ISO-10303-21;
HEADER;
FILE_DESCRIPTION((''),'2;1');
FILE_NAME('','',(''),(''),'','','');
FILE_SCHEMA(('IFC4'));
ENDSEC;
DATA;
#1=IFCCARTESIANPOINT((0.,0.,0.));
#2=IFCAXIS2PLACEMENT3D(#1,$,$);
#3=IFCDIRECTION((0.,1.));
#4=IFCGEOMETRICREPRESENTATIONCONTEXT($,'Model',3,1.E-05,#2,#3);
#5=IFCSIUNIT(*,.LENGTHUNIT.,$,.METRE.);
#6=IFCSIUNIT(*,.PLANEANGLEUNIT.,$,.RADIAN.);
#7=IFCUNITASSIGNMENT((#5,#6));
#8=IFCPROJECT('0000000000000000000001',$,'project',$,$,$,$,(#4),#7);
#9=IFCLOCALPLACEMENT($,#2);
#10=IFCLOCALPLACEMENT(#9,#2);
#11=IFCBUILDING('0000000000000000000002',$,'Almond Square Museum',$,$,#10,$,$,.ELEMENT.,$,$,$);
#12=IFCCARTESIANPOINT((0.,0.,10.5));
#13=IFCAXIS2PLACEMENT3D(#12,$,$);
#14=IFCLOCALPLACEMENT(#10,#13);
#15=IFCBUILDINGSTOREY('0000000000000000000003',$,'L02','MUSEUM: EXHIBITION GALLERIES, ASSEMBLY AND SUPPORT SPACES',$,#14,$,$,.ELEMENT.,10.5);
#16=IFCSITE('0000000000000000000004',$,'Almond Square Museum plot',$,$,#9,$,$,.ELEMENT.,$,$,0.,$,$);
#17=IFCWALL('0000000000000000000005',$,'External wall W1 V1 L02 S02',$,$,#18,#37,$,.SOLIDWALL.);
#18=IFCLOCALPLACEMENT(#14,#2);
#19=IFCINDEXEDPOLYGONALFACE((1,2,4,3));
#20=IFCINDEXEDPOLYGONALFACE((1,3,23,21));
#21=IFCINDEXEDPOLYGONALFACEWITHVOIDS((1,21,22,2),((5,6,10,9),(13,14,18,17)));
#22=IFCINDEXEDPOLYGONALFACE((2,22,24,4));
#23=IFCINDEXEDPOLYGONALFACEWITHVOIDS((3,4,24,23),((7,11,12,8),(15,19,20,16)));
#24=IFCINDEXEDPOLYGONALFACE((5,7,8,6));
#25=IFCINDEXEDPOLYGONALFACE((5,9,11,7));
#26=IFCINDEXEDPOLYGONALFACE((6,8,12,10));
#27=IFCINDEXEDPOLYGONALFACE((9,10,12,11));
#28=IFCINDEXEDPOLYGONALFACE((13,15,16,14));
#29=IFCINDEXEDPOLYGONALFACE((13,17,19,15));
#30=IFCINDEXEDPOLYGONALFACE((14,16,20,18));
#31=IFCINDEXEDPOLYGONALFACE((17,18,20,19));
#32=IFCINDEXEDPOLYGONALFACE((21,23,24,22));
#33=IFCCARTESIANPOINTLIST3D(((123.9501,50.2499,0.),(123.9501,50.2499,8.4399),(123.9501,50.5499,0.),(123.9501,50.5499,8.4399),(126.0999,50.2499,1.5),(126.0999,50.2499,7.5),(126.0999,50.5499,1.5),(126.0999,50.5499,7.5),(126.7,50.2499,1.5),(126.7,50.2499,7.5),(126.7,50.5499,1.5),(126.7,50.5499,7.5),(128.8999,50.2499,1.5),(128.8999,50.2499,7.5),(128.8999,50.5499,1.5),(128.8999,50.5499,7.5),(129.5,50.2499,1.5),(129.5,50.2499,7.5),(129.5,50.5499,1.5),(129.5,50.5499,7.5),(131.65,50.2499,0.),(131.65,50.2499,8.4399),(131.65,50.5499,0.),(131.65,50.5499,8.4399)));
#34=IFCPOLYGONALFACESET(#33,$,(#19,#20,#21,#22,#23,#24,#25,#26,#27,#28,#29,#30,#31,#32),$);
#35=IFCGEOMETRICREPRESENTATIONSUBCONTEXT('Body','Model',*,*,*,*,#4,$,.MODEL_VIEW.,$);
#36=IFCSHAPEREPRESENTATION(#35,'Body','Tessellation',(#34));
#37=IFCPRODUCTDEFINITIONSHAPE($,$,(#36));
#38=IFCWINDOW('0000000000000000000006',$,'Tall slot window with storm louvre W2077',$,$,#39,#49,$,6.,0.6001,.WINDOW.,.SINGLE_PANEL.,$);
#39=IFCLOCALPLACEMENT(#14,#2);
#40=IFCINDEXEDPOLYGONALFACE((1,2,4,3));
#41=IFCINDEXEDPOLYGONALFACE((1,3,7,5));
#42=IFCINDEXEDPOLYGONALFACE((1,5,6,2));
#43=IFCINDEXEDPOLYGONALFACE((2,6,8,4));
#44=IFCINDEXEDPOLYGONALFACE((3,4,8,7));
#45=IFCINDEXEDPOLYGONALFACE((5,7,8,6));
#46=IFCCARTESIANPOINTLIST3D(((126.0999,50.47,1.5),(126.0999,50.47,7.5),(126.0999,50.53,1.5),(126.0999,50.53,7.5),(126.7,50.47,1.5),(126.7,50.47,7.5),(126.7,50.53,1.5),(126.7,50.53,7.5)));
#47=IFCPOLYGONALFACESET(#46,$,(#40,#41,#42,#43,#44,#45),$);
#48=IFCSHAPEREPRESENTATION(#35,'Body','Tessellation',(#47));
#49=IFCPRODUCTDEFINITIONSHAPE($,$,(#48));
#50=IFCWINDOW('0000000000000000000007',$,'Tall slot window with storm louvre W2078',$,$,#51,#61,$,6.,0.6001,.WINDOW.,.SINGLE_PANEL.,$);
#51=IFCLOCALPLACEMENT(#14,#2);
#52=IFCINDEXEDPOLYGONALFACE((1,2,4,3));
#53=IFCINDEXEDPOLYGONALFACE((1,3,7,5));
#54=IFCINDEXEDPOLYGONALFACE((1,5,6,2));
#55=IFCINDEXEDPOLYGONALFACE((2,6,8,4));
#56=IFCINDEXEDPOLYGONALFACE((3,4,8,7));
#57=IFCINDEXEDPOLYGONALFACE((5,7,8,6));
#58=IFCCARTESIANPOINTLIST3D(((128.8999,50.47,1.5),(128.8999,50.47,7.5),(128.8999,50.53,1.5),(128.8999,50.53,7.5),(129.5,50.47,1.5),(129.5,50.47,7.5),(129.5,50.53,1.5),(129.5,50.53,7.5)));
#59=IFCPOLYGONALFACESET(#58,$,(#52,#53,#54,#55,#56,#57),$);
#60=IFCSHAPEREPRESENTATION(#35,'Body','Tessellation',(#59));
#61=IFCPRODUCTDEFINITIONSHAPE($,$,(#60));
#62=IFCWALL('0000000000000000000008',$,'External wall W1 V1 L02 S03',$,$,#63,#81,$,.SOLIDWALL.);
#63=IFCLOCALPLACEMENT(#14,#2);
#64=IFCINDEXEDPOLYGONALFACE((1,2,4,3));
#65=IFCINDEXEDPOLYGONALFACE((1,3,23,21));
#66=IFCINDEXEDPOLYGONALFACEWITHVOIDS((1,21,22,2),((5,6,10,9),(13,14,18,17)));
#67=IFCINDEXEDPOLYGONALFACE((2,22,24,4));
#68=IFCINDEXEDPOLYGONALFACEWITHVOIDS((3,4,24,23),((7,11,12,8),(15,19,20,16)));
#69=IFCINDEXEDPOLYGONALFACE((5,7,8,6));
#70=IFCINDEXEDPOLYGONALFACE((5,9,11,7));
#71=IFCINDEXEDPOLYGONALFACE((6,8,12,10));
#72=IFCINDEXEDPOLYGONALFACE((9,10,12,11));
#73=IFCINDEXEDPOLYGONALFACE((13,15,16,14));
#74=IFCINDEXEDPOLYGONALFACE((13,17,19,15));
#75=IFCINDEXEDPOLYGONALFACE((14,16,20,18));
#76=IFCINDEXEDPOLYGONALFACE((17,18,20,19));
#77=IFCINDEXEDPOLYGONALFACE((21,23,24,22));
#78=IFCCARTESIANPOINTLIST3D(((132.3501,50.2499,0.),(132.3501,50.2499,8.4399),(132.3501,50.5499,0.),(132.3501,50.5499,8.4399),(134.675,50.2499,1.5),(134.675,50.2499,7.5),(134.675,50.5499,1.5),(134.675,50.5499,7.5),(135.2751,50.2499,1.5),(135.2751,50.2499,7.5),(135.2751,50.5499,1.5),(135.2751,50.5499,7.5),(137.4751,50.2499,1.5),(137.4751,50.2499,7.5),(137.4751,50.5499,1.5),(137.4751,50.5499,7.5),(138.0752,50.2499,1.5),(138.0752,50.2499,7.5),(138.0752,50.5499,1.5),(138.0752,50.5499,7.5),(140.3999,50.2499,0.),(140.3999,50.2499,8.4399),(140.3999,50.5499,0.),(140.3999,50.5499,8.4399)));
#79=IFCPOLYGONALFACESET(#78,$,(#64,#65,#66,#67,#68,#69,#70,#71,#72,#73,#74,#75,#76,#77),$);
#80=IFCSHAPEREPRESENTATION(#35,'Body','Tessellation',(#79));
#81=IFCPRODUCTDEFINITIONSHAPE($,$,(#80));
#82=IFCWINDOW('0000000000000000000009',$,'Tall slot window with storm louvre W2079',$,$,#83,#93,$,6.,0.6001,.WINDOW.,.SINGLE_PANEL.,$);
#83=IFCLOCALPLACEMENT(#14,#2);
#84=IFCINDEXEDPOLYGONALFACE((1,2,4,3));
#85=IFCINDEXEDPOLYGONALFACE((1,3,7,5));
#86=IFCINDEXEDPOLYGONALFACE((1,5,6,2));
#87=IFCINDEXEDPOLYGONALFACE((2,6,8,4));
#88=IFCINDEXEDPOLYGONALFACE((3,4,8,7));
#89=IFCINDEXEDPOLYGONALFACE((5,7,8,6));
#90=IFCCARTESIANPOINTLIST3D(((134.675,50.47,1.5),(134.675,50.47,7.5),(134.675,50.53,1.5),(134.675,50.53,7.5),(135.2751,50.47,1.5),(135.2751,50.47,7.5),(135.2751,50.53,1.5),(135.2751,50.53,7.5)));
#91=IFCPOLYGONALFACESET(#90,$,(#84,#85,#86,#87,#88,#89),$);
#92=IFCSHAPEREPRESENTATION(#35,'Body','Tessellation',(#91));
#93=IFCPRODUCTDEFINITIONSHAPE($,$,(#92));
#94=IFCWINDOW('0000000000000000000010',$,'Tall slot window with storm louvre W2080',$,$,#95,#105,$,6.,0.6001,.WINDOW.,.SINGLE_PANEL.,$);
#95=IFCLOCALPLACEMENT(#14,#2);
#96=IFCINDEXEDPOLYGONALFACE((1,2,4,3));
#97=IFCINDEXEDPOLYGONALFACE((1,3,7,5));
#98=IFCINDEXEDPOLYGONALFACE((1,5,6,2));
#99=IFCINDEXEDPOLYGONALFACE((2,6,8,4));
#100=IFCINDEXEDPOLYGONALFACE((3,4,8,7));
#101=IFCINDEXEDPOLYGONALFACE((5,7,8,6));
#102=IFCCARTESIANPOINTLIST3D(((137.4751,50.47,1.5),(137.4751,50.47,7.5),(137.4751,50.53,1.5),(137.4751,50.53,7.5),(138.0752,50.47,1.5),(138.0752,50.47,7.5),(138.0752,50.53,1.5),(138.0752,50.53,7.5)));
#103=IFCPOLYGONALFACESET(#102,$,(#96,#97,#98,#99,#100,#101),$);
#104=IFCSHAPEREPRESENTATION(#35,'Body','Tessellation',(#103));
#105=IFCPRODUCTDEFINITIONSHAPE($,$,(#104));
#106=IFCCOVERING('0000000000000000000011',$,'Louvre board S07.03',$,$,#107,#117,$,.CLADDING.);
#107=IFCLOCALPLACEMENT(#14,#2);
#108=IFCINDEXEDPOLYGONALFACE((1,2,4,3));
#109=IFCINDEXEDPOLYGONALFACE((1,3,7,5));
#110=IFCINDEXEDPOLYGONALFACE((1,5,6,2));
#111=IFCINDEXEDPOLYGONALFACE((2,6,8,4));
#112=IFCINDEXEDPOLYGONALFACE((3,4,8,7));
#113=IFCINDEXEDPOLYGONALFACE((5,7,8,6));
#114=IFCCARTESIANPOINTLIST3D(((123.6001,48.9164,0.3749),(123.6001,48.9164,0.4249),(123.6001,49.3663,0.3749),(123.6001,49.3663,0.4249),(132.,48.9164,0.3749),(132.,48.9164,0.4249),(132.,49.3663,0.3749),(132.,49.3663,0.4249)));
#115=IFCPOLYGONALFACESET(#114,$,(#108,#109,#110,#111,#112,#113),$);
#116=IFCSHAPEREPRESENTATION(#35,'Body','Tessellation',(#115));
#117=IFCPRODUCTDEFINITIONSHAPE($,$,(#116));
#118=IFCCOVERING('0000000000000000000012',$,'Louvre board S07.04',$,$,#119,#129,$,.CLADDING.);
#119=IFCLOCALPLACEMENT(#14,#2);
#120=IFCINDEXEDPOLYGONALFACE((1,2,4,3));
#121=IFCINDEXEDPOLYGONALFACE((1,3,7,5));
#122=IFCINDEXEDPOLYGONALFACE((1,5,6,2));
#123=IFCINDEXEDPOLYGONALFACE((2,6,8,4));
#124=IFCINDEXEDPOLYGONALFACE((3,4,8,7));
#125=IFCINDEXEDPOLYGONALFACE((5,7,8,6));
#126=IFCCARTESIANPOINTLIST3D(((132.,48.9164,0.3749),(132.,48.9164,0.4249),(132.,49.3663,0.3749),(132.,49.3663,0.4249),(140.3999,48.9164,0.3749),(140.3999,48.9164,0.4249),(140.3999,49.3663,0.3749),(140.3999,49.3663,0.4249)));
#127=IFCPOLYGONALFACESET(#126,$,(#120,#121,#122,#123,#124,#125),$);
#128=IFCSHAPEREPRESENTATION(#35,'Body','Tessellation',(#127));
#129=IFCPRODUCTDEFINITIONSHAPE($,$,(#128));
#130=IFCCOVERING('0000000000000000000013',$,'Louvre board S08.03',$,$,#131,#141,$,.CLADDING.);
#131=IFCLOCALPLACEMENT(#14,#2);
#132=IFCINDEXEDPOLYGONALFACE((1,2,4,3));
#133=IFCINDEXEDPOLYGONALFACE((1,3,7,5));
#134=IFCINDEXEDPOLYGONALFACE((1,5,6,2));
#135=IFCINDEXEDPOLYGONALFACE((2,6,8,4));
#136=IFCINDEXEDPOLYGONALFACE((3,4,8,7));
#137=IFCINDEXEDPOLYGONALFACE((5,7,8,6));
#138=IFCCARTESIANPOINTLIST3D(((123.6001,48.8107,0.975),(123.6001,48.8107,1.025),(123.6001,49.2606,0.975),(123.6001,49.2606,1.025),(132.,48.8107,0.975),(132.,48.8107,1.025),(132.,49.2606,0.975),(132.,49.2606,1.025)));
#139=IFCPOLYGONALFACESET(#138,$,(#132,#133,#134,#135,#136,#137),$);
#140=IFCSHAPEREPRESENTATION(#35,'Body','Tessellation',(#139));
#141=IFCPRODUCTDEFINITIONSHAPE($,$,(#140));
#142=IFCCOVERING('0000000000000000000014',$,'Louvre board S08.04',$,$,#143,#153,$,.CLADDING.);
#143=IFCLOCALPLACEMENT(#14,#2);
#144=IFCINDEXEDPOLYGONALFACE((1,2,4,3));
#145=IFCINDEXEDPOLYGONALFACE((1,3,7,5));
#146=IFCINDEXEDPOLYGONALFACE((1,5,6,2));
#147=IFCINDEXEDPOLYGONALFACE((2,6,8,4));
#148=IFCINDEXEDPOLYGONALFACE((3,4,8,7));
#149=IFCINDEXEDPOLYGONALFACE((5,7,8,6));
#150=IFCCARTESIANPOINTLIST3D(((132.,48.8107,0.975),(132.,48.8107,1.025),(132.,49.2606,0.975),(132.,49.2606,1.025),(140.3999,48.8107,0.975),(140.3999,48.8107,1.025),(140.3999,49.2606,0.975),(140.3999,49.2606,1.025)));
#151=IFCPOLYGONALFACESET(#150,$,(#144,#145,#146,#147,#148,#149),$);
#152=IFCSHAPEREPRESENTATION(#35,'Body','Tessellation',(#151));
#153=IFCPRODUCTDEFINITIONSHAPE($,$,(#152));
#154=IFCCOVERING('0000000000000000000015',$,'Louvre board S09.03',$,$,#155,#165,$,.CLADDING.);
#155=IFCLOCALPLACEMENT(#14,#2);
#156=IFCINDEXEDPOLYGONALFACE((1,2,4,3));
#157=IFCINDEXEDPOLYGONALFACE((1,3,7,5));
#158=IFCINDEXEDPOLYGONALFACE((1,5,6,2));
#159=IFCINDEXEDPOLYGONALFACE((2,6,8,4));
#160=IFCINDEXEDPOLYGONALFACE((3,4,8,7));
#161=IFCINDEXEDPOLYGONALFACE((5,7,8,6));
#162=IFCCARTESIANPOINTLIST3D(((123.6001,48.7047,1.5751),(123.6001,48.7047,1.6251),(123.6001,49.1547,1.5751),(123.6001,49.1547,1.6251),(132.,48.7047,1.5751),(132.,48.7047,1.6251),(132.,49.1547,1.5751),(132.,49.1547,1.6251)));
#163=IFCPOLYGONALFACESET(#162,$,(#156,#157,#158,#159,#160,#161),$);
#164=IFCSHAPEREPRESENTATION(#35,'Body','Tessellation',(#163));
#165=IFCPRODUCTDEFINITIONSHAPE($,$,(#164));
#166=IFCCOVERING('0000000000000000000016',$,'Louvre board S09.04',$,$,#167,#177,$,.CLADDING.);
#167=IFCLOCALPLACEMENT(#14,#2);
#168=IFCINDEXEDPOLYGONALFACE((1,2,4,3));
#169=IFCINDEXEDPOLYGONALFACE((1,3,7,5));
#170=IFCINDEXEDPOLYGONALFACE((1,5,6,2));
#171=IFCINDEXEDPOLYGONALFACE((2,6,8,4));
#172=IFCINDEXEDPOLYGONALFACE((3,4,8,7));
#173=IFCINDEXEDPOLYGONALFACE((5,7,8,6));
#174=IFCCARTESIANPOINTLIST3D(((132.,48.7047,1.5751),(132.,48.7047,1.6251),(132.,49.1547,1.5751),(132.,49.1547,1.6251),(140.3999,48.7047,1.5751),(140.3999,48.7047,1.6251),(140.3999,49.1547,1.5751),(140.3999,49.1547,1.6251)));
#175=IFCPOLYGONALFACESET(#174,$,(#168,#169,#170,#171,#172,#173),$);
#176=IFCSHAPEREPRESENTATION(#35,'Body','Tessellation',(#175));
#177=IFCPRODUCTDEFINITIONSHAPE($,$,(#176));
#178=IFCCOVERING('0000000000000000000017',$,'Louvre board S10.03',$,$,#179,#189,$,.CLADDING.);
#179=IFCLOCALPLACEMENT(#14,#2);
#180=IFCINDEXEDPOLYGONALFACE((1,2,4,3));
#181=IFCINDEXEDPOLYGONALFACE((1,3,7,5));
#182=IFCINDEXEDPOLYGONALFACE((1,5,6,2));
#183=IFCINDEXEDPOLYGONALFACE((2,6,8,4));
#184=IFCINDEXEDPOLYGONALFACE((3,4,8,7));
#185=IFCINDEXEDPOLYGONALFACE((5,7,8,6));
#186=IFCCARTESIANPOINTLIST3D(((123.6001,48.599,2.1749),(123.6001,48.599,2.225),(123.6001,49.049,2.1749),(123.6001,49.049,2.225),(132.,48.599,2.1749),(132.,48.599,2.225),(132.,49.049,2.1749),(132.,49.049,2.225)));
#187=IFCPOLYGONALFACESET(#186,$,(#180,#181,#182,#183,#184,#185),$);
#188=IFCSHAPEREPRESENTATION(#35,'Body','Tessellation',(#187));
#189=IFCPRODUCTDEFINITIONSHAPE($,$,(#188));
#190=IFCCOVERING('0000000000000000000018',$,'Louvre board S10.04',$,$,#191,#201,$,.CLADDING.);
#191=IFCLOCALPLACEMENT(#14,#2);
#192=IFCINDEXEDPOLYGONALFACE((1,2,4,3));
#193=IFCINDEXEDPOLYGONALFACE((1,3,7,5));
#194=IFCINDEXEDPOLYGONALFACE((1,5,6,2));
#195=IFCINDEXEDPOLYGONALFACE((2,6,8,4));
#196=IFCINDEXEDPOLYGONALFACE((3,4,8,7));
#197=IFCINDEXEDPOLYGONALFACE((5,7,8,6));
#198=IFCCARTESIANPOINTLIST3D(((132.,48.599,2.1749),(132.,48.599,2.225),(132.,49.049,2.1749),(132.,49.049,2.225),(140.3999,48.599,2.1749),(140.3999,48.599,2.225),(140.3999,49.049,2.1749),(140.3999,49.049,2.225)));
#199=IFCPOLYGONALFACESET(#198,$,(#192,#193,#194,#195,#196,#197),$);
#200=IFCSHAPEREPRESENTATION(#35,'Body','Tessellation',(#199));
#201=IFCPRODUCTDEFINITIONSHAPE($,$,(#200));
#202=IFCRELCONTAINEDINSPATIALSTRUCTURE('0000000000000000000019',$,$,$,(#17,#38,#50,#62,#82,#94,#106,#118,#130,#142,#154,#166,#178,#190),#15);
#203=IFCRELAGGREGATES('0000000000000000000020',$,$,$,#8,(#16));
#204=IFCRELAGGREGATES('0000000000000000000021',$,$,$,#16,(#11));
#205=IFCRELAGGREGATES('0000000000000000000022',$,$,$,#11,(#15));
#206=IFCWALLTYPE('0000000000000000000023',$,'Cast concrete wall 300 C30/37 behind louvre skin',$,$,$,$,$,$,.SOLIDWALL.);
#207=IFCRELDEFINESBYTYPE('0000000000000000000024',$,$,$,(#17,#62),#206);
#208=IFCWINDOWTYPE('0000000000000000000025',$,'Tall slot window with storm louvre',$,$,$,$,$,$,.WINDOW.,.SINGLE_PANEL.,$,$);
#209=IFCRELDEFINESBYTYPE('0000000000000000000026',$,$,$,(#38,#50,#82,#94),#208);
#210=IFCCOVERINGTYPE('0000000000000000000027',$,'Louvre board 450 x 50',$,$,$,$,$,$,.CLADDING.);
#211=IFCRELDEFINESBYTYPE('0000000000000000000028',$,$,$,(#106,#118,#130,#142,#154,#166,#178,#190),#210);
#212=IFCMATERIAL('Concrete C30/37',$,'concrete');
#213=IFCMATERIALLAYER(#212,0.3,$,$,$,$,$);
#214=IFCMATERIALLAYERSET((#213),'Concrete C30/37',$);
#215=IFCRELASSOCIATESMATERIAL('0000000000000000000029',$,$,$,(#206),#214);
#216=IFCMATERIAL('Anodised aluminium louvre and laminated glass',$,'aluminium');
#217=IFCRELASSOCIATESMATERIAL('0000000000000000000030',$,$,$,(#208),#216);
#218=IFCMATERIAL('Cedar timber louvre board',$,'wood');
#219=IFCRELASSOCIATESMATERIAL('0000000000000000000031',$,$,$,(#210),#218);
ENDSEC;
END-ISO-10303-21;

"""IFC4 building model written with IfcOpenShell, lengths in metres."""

from ifc_helpers import new_model, si_unit, direction, frame, frame_2d, origin, origin_2d, place, context, subcontext, project, spatial, rectangle, extrude, material, layer, layer_set, material_profile, profile_set, type_object, element, fill, save


model = new_model("IFC4")

# Units and contexts
model_context = context("Model", 3, precision=1e-05, world=origin(), true_north=direction((0.0, 1.0)))
body_context = subcontext(model_context, "Body", "Model", "MODEL_VIEW")
ifc_project = project(units=[si_unit("LENGTHUNIT", "METRE"), si_unit("PLANEANGLEUNIT", "RADIAN")], contexts=[model_context])

# Site, building, storey
site_placement = place(None, origin())
site = spatial("IfcSite", under=ifc_project, at=site_placement, Name="Almond Square Museum plot", CompositionType="ELEMENT", RefElevation=0.0)
building_placement = place(site_placement, origin())
building = spatial("IfcBuilding", under=site, at=building_placement, Name="Almond Square Museum", CompositionType="ELEMENT")
storey_placement = place(building_placement, frame((0.0, 0.0, 10.5)))
storey = spatial("IfcBuildingStorey", under=building, at=storey_placement, Name="L02", Description="MUSEUM: EXHIBITION GALLERIES, ASSEMBLY AND SUPPORT SPACES", CompositionType="ELEMENT", Elevation=10.5)

# Walls, openings, windows
ifc_material_1 = material(Name="Concrete C30/37", Category="concrete")
ifc_layer = layer(ifc_material_1, 0.3)
ifc_layer_set = layer_set([ifc_layer], Name="Concrete C30/37")
wall_type = type_object("IfcWallType", Name="Cast concrete wall 300 C30/37 behind louvre skin", PredefinedType="SOLIDWALL", material=ifc_layer_set)
wall_1_placement = place(storey_placement, frame((123.95, 50.3999, 0.0), z_axis=(0.0, 0.0, 1.0), x_axis=(1.0, 0.0, 0.0)))
wall_1 = element("IfcWall", 1, at=wall_1_placement, inside=storey, type_object=wall_type, Name="External wall W1 V1 L02 S02", PredefinedType="SOLIDWALL", context=body_context, shape_type="SweptSolid", body=[
    extrude(rectangle(XDim=7.7, YDim=0.3, at=frame_2d((3.8501, 0.0))), origin(), (0.0, 0.0, 1.0), 8.4399),
])
opening_1_placement = place(wall_1_placement, frame((2.1499, 0.0, 1.5)))
opening_1 = element("IfcOpeningElement", 2, at=opening_1_placement, cuts=wall_1, PredefinedType="OPENING", context=body_context, shape_type="SweptSolid", body=[
    extrude(rectangle(XDim=0.6001, YDim=6.0, at=frame_2d((0.3, 3.0))), frame((0.0, 0.1599, 0.0), z_axis=(0.0, -1.0, 0.0), x_axis=(1.0, 0.0, 0.0)), (0.0, 0.0, 1.0), 0.3201),
])
opening_2_placement = place(wall_1_placement, frame((4.95, 0.0, 1.5)))
opening_2 = element("IfcOpeningElement", 3, at=opening_2_placement, cuts=wall_1, PredefinedType="OPENING", context=body_context, shape_type="SweptSolid", body=[
    extrude(rectangle(XDim=0.6001, YDim=6.0, at=frame_2d((0.3, 3.0))), frame((0.0, 0.1599, 0.0), z_axis=(0.0, -1.0, 0.0), x_axis=(1.0, 0.0, 0.0)), (0.0, 0.0, 1.0), 0.3201),
])
ifc_material_2 = material(Name="Anodised aluminium louvre and laminated glass", Category="aluminium")
window_type = type_object("IfcWindowType", Name="Tall slot window with storm louvre", PartitioningType="SINGLE_PANEL", PredefinedType="WINDOW", material=ifc_material_2)
window_1_placement = place(opening_1_placement, origin())
window_1 = element("IfcWindow", 4, at=window_1_placement, inside=storey, type_object=window_type, Name="Tall slot window with storm louvre W2077", OverallHeight=6.0, OverallWidth=0.6001, PartitioningType="SINGLE_PANEL", PredefinedType="WINDOW", context=body_context, shape_type="SweptSolid", body=[
    extrude(rectangle(XDim=0.6001, YDim=6.0, at=frame_2d((0.3, 3.0))), frame((0.0, 0.1301, 0.0), z_axis=(0.0, -1.0, 0.0), x_axis=(1.0, 0.0, 0.0)), (0.0, 0.0, 1.0), 0.0601),
])
fill(opening_1, window_1)
window_2_placement = place(opening_2_placement, origin())
window_2 = element("IfcWindow", 5, at=window_2_placement, inside=storey, type_object=window_type, Name="Tall slot window with storm louvre W2078", OverallHeight=6.0, OverallWidth=0.6001, PartitioningType="SINGLE_PANEL", PredefinedType="WINDOW", context=body_context, shape_type="SweptSolid", body=[
    extrude(rectangle(XDim=0.6001, YDim=6.0, at=frame_2d((0.3, 3.0))), frame((0.0, 0.1301, 0.0), z_axis=(0.0, -1.0, 0.0), x_axis=(1.0, 0.0, 0.0)), (0.0, 0.0, 1.0), 0.0601),
])
fill(opening_2, window_2)
wall_2_placement = place(storey_placement, frame((132.3501, 50.3999, 0.0), z_axis=(0.0, 0.0, 1.0), x_axis=(1.0, 0.0, 0.0)))
wall_2 = element("IfcWall", 6, at=wall_2_placement, inside=storey, type_object=wall_type, Name="External wall W1 V1 L02 S03", PredefinedType="SOLIDWALL", context=body_context, shape_type="SweptSolid", body=[
    extrude(rectangle(XDim=8.0498, YDim=0.3, at=frame_2d((4.0249, 0.0))), origin(), (0.0, 0.0, 1.0), 8.4399),
])
opening_3_placement = place(wall_2_placement, frame((2.325, 0.0, 1.5)))
opening_3 = element("IfcOpeningElement", 7, at=opening_3_placement, cuts=wall_2, PredefinedType="OPENING", context=body_context, shape_type="SweptSolid", body=[
    extrude(rectangle(XDim=0.6001, YDim=6.0, at=frame_2d((0.3, 3.0))), frame((0.0, 0.1599, 0.0), z_axis=(0.0, -1.0, 0.0), x_axis=(1.0, 0.0, 0.0)), (0.0, 0.0, 1.0), 0.3201),
])
opening_4_placement = place(wall_2_placement, frame((5.125, 0.0, 1.5)))
opening_4 = element("IfcOpeningElement", 8, at=opening_4_placement, cuts=wall_2, PredefinedType="OPENING", context=body_context, shape_type="SweptSolid", body=[
    extrude(rectangle(XDim=0.6001, YDim=6.0, at=frame_2d((0.3, 3.0))), frame((0.0, 0.1599, 0.0), z_axis=(0.0, -1.0, 0.0), x_axis=(1.0, 0.0, 0.0)), (0.0, 0.0, 1.0), 0.3201),
])
window_3_placement = place(opening_3_placement, origin())
window_3 = element("IfcWindow", 9, at=window_3_placement, inside=storey, type_object=window_type, Name="Tall slot window with storm louvre W2079", OverallHeight=6.0, OverallWidth=0.6001, PartitioningType="SINGLE_PANEL", PredefinedType="WINDOW", context=body_context, shape_type="SweptSolid", body=[
    extrude(rectangle(XDim=0.6001, YDim=6.0, at=frame_2d((0.3, 3.0))), frame((0.0, 0.1301, 0.0), z_axis=(0.0, -1.0, 0.0), x_axis=(1.0, 0.0, 0.0)), (0.0, 0.0, 1.0), 0.0601),
])
fill(opening_3, window_3)
window_4_placement = place(opening_4_placement, origin())
window_4 = element("IfcWindow", 10, at=window_4_placement, inside=storey, type_object=window_type, Name="Tall slot window with storm louvre W2080", OverallHeight=6.0, OverallWidth=0.6001, PartitioningType="SINGLE_PANEL", PredefinedType="WINDOW", context=body_context, shape_type="SweptSolid", body=[
    extrude(rectangle(XDim=0.6001, YDim=6.0, at=frame_2d((0.3, 3.0))), frame((0.0, 0.1301, 0.0), z_axis=(0.0, -1.0, 0.0), x_axis=(1.0, 0.0, 0.0)), (0.0, 0.0, 1.0), 0.0601),
])
fill(opening_4, window_4)

# Coverings
ifc_material_3 = material(Name="Cedar timber louvre board", Category="wood")
ifc_material_profile_1 = material_profile(ifc_material_3, rectangle(XDim=0.45, YDim=0.05, at=origin_2d()))
ifc_profile_set_1 = profile_set([ifc_material_profile_1], Name="Cedar timber louvre board")
covering_type = type_object("IfcCoveringType", Name="Louvre board 450 x 50", PredefinedType="CLADDING", material=ifc_profile_set_1)
for number, where, z_axis, x_axis, name in (
    (11, (123.6001, 49.1414, 0.3999), (1.0, 0.0, 0.0), (0.0, 1.0, 0.0), "Louvre board S07.03"),
    (12, (132.0, 49.1414, 0.3999), (1.0, 0.0, 0.0), (0.0, 1.0, 0.0), "Louvre board S07.04"),
    (13, (123.6001, 49.0356, 1.0), (1.0, 0.0, 0.0), (0.0, 1.0, 0.0), "Louvre board S08.03"),
    (14, (132.0, 49.0356, 1.0), (1.0, 0.0, 0.0), (0.0, 1.0, 0.0), "Louvre board S08.04"),
    (15, (123.6001, 48.9297, 1.6001), (1.0, 0.0, 0.0), (0.0, 1.0, 0.0), "Louvre board S09.03"),
    (16, (132.0, 48.9297, 1.6001), (1.0, 0.0, 0.0), (0.0, 1.0, 0.0), "Louvre board S09.04"),
    (17, (123.6001, 48.824, 2.2), (1.0, 0.0, 0.0), (0.0, 1.0, 0.0), "Louvre board S10.03"),
    (18, (132.0, 48.824, 2.2), (1.0, 0.0, 0.0), (0.0, 1.0, 0.0), "Louvre board S10.04"),
):
    element("IfcCovering", number, at=place(storey_placement, frame(where, z_axis=z_axis, x_axis=x_axis)), inside=storey, type_object=covering_type, Name=name, PredefinedType="CLADDING", context=body_context, shape_type="SweptSolid", body=[
        extrude(rectangle(XDim=0.45, YDim=0.05, at=origin_2d()), origin(), (0.0, 0.0, 1.0), 8.3999),
    ])

save(model, "model.ifc")
